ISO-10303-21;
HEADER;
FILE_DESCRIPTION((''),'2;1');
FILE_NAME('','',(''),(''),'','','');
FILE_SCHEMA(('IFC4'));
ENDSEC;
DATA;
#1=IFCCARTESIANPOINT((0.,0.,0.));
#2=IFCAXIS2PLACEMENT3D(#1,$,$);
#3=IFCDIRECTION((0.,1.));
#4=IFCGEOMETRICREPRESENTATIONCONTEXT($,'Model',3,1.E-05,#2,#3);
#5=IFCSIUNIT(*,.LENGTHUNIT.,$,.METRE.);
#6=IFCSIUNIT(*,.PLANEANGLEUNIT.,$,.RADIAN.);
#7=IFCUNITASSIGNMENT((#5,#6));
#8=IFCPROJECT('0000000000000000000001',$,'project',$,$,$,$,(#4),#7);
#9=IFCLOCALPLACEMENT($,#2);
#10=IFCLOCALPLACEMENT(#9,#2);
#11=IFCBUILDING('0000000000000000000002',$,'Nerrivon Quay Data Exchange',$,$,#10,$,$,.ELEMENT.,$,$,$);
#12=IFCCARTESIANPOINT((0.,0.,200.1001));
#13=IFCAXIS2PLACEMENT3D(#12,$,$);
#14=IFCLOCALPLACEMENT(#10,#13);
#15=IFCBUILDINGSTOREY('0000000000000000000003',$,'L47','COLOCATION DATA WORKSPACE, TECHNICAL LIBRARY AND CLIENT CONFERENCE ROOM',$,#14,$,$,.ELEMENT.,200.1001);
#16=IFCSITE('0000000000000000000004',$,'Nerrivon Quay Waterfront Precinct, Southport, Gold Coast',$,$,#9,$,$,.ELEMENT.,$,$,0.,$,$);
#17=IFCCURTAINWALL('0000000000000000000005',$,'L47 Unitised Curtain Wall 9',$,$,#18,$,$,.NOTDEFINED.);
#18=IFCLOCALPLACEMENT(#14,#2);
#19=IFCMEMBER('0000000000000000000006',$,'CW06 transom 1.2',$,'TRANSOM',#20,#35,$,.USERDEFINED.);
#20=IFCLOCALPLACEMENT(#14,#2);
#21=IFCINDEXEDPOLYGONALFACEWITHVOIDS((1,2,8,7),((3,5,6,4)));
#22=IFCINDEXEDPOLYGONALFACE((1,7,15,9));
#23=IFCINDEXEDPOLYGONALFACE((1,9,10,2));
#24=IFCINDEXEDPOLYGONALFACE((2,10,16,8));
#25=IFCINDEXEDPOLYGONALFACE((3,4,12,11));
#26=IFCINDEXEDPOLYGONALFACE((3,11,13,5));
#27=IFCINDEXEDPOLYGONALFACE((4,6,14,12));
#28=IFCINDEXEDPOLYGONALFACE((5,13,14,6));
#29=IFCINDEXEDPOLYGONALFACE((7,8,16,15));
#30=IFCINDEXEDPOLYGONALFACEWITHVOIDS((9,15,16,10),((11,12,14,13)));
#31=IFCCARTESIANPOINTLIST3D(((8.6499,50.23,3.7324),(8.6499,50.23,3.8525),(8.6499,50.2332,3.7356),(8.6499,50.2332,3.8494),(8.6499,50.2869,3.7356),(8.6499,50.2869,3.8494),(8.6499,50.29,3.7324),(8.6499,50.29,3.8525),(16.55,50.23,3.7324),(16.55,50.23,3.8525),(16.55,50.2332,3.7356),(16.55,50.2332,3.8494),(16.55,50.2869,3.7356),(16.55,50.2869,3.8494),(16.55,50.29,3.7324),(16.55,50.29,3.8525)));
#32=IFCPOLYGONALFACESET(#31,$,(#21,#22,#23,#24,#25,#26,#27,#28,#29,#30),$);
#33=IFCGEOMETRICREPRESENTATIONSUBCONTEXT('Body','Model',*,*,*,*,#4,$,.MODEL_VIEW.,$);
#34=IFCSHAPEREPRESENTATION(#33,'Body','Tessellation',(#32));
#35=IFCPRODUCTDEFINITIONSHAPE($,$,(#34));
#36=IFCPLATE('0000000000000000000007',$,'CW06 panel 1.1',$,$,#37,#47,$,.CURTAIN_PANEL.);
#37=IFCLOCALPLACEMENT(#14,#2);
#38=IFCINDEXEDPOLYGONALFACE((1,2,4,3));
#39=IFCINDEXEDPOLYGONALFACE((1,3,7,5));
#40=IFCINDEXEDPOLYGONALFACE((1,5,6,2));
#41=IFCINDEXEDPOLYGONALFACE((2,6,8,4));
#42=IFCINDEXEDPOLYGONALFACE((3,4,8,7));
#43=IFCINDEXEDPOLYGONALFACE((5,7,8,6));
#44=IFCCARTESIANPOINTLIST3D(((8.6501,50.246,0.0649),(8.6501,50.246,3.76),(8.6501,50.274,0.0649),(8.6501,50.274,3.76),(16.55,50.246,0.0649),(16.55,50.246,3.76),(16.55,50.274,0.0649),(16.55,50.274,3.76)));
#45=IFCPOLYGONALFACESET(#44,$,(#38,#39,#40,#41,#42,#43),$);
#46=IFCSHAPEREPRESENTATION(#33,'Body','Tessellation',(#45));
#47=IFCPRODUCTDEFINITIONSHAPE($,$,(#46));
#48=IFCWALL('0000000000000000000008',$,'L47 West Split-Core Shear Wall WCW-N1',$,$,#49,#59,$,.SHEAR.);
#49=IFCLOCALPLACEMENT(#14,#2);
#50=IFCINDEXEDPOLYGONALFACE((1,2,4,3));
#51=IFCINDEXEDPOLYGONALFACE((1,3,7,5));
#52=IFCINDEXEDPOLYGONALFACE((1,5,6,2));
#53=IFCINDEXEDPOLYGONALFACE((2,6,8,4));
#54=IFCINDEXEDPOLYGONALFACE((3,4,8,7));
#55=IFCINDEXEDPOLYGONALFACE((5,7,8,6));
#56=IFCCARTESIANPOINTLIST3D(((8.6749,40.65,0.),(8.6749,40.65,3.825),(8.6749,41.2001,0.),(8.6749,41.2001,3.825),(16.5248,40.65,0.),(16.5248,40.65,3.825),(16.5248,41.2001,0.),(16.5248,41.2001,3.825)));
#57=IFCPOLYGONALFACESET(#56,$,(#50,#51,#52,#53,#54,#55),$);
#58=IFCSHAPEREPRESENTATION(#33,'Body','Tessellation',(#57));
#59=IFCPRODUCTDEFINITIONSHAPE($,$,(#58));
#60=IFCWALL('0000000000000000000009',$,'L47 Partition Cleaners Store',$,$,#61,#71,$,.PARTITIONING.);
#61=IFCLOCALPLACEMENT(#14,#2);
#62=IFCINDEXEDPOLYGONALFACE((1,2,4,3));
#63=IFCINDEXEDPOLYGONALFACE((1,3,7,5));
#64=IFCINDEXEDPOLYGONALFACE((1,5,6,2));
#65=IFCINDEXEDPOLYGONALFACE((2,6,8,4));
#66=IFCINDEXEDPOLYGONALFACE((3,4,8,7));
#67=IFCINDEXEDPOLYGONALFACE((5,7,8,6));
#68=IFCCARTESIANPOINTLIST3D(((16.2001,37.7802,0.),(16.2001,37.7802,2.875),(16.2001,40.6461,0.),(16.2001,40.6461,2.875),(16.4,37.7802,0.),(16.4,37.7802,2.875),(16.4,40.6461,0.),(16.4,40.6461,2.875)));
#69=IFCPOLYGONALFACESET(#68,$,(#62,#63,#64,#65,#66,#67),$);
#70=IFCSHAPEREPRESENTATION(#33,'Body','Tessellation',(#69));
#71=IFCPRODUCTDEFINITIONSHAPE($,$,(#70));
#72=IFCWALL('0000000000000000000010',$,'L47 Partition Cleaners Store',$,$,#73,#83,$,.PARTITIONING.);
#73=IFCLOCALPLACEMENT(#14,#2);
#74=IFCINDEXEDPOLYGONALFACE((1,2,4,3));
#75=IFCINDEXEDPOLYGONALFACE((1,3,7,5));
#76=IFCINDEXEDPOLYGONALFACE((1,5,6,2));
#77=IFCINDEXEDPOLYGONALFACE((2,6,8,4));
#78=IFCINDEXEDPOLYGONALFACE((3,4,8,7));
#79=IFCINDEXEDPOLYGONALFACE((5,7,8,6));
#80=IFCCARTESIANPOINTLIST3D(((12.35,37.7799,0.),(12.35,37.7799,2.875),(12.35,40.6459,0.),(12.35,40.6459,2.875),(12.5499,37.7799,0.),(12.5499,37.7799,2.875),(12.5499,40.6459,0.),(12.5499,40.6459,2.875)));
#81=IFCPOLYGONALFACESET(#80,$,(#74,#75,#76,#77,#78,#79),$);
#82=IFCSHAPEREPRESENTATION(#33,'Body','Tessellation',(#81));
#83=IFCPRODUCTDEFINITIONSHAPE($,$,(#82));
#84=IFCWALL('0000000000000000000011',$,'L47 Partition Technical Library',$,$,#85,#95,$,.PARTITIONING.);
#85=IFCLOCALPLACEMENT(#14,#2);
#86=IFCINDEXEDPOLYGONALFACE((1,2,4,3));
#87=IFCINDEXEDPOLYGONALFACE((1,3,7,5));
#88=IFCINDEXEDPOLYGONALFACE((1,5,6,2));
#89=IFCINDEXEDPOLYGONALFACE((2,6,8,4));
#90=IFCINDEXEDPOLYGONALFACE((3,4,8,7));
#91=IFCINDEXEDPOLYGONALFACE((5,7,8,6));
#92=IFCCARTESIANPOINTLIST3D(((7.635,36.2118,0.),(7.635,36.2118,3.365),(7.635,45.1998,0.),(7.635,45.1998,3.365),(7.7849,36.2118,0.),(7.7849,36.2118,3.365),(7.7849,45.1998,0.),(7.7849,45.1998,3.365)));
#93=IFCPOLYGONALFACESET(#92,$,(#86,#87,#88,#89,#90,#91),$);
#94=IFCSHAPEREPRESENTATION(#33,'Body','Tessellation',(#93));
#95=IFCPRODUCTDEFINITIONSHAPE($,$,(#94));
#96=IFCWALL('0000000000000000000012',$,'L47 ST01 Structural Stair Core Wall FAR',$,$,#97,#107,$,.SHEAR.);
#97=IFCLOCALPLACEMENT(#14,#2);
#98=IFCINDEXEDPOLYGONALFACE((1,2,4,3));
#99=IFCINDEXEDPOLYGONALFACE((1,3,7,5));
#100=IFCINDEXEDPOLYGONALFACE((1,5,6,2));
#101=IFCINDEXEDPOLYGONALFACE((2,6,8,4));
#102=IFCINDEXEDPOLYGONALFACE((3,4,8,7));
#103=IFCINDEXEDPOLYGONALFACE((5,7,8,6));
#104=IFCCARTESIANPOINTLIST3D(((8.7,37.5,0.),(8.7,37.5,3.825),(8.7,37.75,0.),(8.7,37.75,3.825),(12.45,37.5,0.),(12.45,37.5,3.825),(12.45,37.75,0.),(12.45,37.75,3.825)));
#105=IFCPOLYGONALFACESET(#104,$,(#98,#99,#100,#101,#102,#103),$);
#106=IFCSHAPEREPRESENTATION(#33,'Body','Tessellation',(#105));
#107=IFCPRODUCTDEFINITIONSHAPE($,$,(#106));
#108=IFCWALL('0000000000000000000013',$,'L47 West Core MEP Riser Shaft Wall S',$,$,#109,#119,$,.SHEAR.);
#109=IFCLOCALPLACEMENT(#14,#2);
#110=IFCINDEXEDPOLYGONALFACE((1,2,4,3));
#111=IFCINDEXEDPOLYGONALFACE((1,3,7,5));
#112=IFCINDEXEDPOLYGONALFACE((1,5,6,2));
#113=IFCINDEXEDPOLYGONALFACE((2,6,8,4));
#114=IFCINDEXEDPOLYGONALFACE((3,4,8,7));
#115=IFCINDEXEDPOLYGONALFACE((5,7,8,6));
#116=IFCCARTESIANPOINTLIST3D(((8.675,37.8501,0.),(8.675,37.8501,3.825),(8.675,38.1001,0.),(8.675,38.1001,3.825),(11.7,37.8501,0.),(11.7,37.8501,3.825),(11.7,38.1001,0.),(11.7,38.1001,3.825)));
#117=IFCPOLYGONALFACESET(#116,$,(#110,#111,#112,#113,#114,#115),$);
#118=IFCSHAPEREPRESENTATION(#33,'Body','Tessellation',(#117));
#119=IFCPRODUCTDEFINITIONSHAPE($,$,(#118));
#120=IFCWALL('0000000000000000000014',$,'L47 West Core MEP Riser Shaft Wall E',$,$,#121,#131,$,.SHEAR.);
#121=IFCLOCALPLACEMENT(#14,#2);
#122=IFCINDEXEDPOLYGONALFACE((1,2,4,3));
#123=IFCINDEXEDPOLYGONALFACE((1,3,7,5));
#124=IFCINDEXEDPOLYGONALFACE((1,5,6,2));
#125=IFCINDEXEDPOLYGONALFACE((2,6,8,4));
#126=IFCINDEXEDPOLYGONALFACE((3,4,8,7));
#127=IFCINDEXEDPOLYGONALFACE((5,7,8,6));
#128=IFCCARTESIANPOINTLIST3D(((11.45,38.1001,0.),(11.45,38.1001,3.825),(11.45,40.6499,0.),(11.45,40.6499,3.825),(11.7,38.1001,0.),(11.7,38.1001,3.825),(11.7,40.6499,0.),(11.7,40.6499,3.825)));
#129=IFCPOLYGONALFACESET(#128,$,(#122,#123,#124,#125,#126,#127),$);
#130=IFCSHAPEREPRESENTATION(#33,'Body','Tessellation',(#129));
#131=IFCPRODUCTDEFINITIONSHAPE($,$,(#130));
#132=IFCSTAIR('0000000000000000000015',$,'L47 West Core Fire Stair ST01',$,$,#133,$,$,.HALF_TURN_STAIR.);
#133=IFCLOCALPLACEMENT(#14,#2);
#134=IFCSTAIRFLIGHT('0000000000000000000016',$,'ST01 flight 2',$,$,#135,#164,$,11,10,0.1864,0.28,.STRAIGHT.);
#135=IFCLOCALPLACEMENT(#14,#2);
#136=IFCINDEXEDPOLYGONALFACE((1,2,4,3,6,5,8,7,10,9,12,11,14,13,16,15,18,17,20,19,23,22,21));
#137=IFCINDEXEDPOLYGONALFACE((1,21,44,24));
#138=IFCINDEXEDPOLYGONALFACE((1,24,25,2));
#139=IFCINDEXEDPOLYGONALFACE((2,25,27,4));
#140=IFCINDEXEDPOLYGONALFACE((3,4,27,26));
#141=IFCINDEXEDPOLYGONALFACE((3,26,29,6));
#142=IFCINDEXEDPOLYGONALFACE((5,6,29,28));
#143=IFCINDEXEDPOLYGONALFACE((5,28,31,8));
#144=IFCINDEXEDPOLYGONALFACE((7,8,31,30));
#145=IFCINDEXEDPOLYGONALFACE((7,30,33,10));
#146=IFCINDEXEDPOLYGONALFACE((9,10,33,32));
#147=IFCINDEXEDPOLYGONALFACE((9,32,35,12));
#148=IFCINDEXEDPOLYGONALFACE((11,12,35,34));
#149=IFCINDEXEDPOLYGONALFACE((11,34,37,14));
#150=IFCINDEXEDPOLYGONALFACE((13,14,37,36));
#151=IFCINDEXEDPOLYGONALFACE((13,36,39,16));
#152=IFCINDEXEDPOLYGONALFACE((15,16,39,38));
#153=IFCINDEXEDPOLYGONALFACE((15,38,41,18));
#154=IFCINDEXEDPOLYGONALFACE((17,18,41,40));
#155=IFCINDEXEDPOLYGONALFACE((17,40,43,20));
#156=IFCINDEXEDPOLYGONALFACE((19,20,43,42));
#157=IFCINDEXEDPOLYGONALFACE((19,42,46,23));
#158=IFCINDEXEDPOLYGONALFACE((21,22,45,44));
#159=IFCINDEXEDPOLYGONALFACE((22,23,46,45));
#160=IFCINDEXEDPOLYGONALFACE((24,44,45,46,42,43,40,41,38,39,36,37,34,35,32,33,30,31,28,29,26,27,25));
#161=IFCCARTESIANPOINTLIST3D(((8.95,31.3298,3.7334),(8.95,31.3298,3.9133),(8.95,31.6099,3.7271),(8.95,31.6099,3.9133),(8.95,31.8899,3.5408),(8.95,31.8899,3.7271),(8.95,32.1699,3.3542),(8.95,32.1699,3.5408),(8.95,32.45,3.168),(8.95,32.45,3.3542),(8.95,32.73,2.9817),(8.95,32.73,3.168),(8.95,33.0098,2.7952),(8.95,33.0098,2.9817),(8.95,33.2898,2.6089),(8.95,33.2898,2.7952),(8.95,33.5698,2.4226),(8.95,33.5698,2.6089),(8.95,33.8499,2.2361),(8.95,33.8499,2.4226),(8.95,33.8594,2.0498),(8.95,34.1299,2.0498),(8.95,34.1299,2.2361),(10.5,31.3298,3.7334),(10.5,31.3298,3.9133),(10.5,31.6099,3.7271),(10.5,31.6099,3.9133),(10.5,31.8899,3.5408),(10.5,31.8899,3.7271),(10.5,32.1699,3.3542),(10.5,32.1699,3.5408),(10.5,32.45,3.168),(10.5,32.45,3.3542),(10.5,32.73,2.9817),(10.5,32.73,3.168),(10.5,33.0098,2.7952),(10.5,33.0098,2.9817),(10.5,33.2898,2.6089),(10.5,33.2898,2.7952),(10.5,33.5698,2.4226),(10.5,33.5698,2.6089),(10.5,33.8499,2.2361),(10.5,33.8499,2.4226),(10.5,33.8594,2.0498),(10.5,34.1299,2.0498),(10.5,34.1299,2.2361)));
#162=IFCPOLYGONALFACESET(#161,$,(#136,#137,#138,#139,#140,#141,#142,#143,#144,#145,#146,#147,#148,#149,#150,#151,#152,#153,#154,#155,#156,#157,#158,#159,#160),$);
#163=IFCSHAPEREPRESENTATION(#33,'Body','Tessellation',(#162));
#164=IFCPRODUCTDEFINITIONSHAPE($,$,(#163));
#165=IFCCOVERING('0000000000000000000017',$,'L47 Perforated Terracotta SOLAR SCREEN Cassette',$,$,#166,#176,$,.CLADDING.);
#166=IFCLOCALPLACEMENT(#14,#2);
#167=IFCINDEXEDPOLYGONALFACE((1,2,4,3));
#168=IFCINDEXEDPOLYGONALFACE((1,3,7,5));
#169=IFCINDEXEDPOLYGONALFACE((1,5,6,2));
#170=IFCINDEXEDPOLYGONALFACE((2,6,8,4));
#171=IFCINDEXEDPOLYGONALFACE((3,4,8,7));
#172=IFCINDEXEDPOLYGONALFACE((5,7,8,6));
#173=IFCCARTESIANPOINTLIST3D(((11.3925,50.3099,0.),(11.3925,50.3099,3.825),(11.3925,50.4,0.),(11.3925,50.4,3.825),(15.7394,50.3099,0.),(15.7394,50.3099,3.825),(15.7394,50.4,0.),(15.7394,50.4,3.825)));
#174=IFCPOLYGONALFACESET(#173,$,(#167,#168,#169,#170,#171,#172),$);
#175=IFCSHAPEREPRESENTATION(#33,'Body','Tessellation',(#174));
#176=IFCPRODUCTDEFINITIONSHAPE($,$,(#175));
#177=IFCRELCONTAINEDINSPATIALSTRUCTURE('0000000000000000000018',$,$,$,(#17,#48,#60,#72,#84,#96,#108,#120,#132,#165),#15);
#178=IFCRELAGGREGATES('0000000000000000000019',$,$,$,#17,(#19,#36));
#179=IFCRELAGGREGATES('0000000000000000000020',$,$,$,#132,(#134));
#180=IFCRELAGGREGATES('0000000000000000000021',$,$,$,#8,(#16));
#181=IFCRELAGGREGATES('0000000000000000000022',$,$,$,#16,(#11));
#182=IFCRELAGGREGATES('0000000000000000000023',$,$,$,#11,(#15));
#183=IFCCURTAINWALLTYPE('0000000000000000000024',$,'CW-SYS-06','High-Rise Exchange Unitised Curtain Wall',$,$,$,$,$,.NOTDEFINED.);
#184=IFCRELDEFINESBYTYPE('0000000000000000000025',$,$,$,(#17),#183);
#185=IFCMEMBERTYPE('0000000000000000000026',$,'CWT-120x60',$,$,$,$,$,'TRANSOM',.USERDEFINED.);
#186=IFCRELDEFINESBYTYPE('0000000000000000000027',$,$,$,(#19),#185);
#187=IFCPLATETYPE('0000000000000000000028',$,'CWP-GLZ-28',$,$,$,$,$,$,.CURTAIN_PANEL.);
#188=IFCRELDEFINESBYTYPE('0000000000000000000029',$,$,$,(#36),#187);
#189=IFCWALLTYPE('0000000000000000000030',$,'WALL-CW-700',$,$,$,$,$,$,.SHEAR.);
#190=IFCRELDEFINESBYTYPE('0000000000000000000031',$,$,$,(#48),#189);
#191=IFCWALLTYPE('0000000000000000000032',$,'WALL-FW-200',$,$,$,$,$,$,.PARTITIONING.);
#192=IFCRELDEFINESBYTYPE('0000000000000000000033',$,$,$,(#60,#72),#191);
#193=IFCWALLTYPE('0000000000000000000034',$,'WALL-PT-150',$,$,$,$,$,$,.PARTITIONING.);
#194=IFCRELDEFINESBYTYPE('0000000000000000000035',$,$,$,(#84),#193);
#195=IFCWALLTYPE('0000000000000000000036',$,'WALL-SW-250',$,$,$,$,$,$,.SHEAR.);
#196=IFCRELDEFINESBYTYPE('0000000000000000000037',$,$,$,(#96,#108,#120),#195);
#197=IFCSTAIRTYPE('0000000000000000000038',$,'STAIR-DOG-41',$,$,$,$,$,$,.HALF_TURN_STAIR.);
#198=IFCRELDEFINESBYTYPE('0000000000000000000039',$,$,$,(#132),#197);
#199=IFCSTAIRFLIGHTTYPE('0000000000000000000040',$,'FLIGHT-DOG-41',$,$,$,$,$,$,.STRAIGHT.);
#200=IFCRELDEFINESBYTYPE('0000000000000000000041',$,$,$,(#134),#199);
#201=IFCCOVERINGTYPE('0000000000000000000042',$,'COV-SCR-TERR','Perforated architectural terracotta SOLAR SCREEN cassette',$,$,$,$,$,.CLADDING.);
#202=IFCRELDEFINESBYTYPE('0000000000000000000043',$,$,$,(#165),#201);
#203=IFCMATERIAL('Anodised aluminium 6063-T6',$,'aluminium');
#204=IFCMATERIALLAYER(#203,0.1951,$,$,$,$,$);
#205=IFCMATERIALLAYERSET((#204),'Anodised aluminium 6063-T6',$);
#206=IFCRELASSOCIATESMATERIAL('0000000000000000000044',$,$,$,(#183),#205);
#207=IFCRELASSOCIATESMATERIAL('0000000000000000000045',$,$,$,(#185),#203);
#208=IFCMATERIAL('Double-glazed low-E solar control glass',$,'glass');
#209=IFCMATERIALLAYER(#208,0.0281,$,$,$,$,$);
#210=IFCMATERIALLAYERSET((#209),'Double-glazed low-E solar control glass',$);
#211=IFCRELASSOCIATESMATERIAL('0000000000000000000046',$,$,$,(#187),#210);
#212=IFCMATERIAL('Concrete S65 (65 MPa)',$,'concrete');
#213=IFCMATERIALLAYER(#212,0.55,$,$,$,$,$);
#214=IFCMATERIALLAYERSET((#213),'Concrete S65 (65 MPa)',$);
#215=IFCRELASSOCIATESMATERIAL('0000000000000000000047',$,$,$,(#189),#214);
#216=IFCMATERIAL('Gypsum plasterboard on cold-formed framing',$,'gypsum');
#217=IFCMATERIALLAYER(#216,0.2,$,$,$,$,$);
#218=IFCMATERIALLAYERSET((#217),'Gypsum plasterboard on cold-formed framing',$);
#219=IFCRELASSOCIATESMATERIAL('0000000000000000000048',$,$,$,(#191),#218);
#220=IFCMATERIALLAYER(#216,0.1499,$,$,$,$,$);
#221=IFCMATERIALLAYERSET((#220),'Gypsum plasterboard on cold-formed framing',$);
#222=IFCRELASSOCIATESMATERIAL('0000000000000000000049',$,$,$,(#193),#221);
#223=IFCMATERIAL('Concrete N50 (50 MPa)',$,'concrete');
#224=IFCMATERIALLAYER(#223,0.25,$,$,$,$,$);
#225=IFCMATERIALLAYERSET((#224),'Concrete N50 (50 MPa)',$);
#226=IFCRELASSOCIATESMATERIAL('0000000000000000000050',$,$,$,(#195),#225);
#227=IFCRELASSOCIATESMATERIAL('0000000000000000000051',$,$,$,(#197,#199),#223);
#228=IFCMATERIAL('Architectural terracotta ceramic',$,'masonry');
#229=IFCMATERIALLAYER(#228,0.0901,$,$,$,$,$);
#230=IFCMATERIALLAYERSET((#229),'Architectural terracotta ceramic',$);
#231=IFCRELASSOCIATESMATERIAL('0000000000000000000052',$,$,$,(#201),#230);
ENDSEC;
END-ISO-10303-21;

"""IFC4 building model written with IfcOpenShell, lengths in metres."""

from ifc_helpers import new_model, si_unit, direction, frame, frame_2d, origin, origin_2d, place, context, subcontext, project, spatial, polyline, rectangle, hollow_rectangle, outline, extrude, material, layer, layer_set, material_profile, profile_set, type_object, element, aggregate, save


model = new_model("IFC4")

# Units and contexts
model_context = context("Model", 3, precision=1e-05, world=origin(), true_north=direction((0.0, 1.0)))
body_context = subcontext(model_context, "Body", "Model", "MODEL_VIEW")
ifc_project = project(units=[si_unit("LENGTHUNIT", "METRE"), si_unit("PLANEANGLEUNIT", "RADIAN")], contexts=[model_context])

# Site, building, storey
site_placement = place(None, origin())
site = spatial("IfcSite", under=ifc_project, at=site_placement, Name="Nerrivon Quay Waterfront Precinct, Southport, Gold Coast", CompositionType="ELEMENT", RefElevation=0.0)
building_placement = place(site_placement, origin())
building = spatial("IfcBuilding", under=site, at=building_placement, Name="Nerrivon Quay Data Exchange", CompositionType="ELEMENT")
storey_placement = place(building_placement, frame((0.0, 0.0, 200.1001)))
storey = spatial("IfcBuildingStorey", under=building, at=storey_placement, Name="L47", Description="COLOCATION DATA WORKSPACE, TECHNICAL LIBRARY AND CLIENT CONFERENCE ROOM", CompositionType="ELEMENT", Elevation=200.1001)

# Shared definitions
ifc_material_1 = material(Name="Concrete S65 (65 MPa)", Category="concrete")

# Shared definitions
ifc_material_2 = material(Name="Concrete N50 (50 MPa)", Category="concrete")

# Shared definitions
ifc_material_3 = material(Name="Anodised aluminium 6063-T6", Category="aluminium")
ifc_layer_1 = layer(ifc_material_3, 0.1951)
ifc_layer_set_1 = layer_set([ifc_layer_1], Name="Anodised aluminium 6063-T6")
curtain_wall_type = type_object("IfcCurtainWallType", Name="CW-SYS-06", Description="High-Rise Exchange Unitised Curtain Wall", PredefinedType="NOTDEFINED", material=ifc_layer_set_1)

# Curtain wall, member, plate
curtain_wall_1_placement = place(storey_placement, origin())
curtain_wall_1 = element("IfcCurtainWall", 1, at=curtain_wall_1_placement, inside=storey, type_object=curtain_wall_type, Name="L47 Unitised Curtain Wall 9", PredefinedType="NOTDEFINED")
ifc_material_profile_1 = material_profile(ifc_material_3, hollow_rectangle(XDim=0.0601, YDim=0.1201, WallThickness=0.0032, at=origin_2d()), Name="ALU-TRAN-120x60")
ifc_profile_set_1 = profile_set([ifc_material_profile_1], Name="Anodised aluminium 6063-T6")
member_type_1 = type_object("IfcMemberType", Name="CWT-120x60", ElementType="TRANSOM", PredefinedType="USERDEFINED", material=ifc_profile_set_1)
member_1_placement = place(storey_placement, frame((8.6499, 50.26, 3.7925), z_axis=(1.0, 0.0, 0.0), x_axis=(0.0, 1.0, 0.0)))
member_1 = element("IfcMember", 2, at=member_1_placement, type_object=member_type_1, Name="CW06 transom 1.2", ObjectType="TRANSOM", PredefinedType="USERDEFINED", context=body_context, shape_type="SweptSolid", body=[
    extrude(hollow_rectangle(XDim=0.0601, YDim=0.1201, WallThickness=0.0032, at=origin_2d()), origin(), (0.0, 0.0, 1.0), 7.9001),
])
ifc_material_4 = material(Name="Double-glazed low-E solar control glass", Category="glass")
ifc_layer_2 = layer(ifc_material_4, 0.0281)
ifc_layer_set_2 = layer_set([ifc_layer_2], Name="Double-glazed low-E solar control glass")
plate_type = type_object("IfcPlateType", Name="CWP-GLZ-28", PredefinedType="CURTAIN_PANEL", material=ifc_layer_set_2)
plate_placement = place(storey_placement, frame((12.6001, 50.26, 0.0649), z_axis=(0.0, 0.0, 1.0), x_axis=(1.0, 0.0, 0.0)))
plate = element("IfcPlate", 3, at=plate_placement, type_object=plate_type, Name="CW06 panel 1.1", PredefinedType="CURTAIN_PANEL", context=body_context, shape_type="SweptSolid", body=[
    extrude(rectangle(XDim=7.8999, YDim=0.0281, at=origin_2d()), origin(), (0.0, 0.0, 1.0), 3.6951),
])
aggregate(curtain_wall_1, [member_1, plate])

# Walls
ifc_layer_3 = layer(ifc_material_1, 0.55)
ifc_layer_set_3 = layer_set([ifc_layer_3], Name="Concrete S65 (65 MPa)")
wall_type_1 = type_object("IfcWallType", Name="WALL-CW-700", PredefinedType="SHEAR", material=ifc_layer_set_3)
wall_1_placement = place(storey_placement, frame((8.675, 40.925, 0.0), z_axis=(0.0, 0.0, 1.0), x_axis=(1.0, 0.0, 0.0)))
element("IfcWall", 4, at=wall_1_placement, inside=storey, type_object=wall_type_1, Name="L47 West Split-Core Shear Wall WCW-N1", PredefinedType="SHEAR", context=body_context, shape_type="SweptSolid", body=[
    extrude(rectangle(XDim=7.8499, YDim=0.55, at=frame_2d((3.9248, 0.0))), origin(), (0.0, 0.0, 1.0), 3.825),
])
ifc_material_5 = material(Name="Gypsum plasterboard on cold-formed framing", Category="gypsum")
ifc_layer_4 = layer(ifc_material_5, 0.2)
ifc_layer_set_4 = layer_set([ifc_layer_4], Name="Gypsum plasterboard on cold-formed framing")
wall_type_2 = type_object("IfcWallType", Name="WALL-FW-200", PredefinedType="PARTITIONING", material=ifc_layer_set_4)
for number, where, z_axis, x_axis, name in (
    (5, (16.3, 37.78, 0.0), (0.0, 0.0, 1.0), (0.0, 1.0, 0.0), "L47 Partition Cleaners Store"),
    (6, (12.45, 40.646, 0.0), (0.0, 0.0, 1.0), (0.0, -1.0, 0.0), "L47 Partition Cleaners Store"),
):
    element("IfcWall", number, at=place(storey_placement, frame(where, z_axis=z_axis, x_axis=x_axis)), inside=storey, type_object=wall_type_2, Name=name, PredefinedType="PARTITIONING", context=body_context, shape_type="SweptSolid", body=[
        extrude(rectangle(XDim=2.866, YDim=0.2, at=frame_2d((1.4331, 0.0))), origin(), (0.0, 0.0, 1.0), 2.875),
    ])
ifc_layer_5 = layer(ifc_material_5, 0.1499)
ifc_layer_set_5 = layer_set([ifc_layer_5], Name="Gypsum plasterboard on cold-formed framing")
wall_type_3 = type_object("IfcWallType", Name="WALL-PT-150", PredefinedType="PARTITIONING", material=ifc_layer_set_5)
wall_2_placement = place(storey_placement, frame((7.71, 45.2, 0.0), z_axis=(0.0, 0.0, 1.0), x_axis=(0.0, -1.0, 0.0)))
element("IfcWall", 7, at=wall_2_placement, inside=storey, type_object=wall_type_3, Name="L47 Partition Technical Library", PredefinedType="PARTITIONING", context=body_context, shape_type="SweptSolid", body=[
    extrude(rectangle(XDim=8.988, YDim=0.1499, at=frame_2d((4.4941, 0.0))), origin(), (0.0, 0.0, 1.0), 3.365),
])
ifc_layer_6 = layer(ifc_material_2, 0.25)
ifc_layer_set_6 = layer_set([ifc_layer_6], Name="Concrete N50 (50 MPa)")
wall_type_4 = type_object("IfcWallType", Name="WALL-SW-250", PredefinedType="SHEAR", material=ifc_layer_set_6)
wall_3_placement = place(storey_placement, frame((12.45, 37.625, 0.0), z_axis=(0.0, 0.0, 1.0), x_axis=(-1.0, 0.0, 0.0)))
element("IfcWall", 8, at=wall_3_placement, inside=storey, type_object=wall_type_4, Name="L47 ST01 Structural Stair Core Wall FAR", PredefinedType="SHEAR", context=body_context, shape_type="SweptSolid", body=[
    extrude(rectangle(XDim=3.75, YDim=0.25, at=frame_2d((1.875, 0.0))), origin(), (0.0, 0.0, 1.0), 3.825),
])
wall_4_placement = place(storey_placement, frame((8.675, 37.9751, 0.0), z_axis=(0.0, 0.0, 1.0), x_axis=(1.0, 0.0, 0.0)))
element("IfcWall", 9, at=wall_4_placement, inside=storey, type_object=wall_type_4, Name="L47 West Core MEP Riser Shaft Wall S", PredefinedType="SHEAR", context=body_context, shape_type="SweptSolid", body=[
    extrude(rectangle(XDim=3.0249, YDim=0.25, at=frame_2d((1.5125, 0.0))), origin(), (0.0, 0.0, 1.0), 3.825),
])
wall_5_placement = place(storey_placement, frame((11.575, 38.1001, 0.0), z_axis=(0.0, 0.0, 1.0), x_axis=(0.0, 1.0, 0.0)))
element("IfcWall", 10, at=wall_5_placement, inside=storey, type_object=wall_type_4, Name="L47 West Core MEP Riser Shaft Wall E", PredefinedType="SHEAR", context=body_context, shape_type="SweptSolid", body=[
    extrude(rectangle(XDim=2.5498, YDim=0.25, at=frame_2d((1.2749, 0.0))), origin(), (0.0, 0.0, 1.0), 3.825),
])

# Stair, stair flight
stair_type = type_object("IfcStairType", Name="STAIR-DOG-41", PredefinedType="HALF_TURN_STAIR", material=ifc_material_2)
stair_placement = place(storey_placement, origin())
stair = element("IfcStair", 11, at=stair_placement, inside=storey, type_object=stair_type, Name="L47 West Core Fire Stair ST01", PredefinedType="HALF_TURN_STAIR")
stair_flight_type = type_object("IfcStairFlightType", Name="FLIGHT-DOG-41", PredefinedType="STRAIGHT", material=ifc_material_2)
stair_flight_placement = place(storey_placement, frame((9.7251, 34.1299, 2.0498), z_axis=(0.0, 0.0, 1.0), x_axis=(0.0, -1.0, 0.0)))
stair_flight = element("IfcStairFlight", 12, at=stair_flight_placement, type_object=stair_flight_type, Name="ST01 flight 2", NumberOfRisers=11, NumberOfTreads=10, PredefinedType="STRAIGHT", RiserHeight=0.1864, TreadLength=0.28, context=body_context, shape_type="SweptSolid", body=[
    extrude(outline(polyline([(0.0, 0.0), (0.0, 0.1863), (0.28, 0.1863), (0.28, 0.3728), (0.5601, 0.3728), (0.5601, 0.5591), (0.8401, 0.5591), (0.8401, 0.7454), (1.1201, 0.7454), (1.1201, 0.9319), (1.3999, 0.9319), (1.3999, 1.1182), (1.6799, 1.1182), (1.6799, 1.3044), (1.96, 1.3044), (1.96, 1.491), (2.24, 1.491), (2.24, 1.6772), (2.52, 1.6772), (2.52, 1.8635), (2.8, 1.8635), (2.8, 2.05), (2.8, 1.6836), (0.2705, 0.0), (0.0, 0.0)])), frame((0.0, 0.7749, 0.0), z_axis=(0.0, -1.0, 0.0), x_axis=(1.0, 0.0, 0.0)), (0.0, 0.0, 1.0), 1.55),
])
aggregate(stair, [stair_flight])

# Covering
ifc_material_6 = material(Name="Architectural terracotta ceramic", Category="masonry")
ifc_layer_7 = layer(ifc_material_6, 0.0901)
ifc_layer_set_7 = layer_set([ifc_layer_7], Name="Architectural terracotta ceramic")
covering_type = type_object("IfcCoveringType", Name="COV-SCR-TERR", Description="Perforated architectural terracotta SOLAR SCREEN cassette", PredefinedType="CLADDING", material=ifc_layer_set_7)
covering_placement = place(storey_placement, frame((13.5659, 50.355, 0.0), z_axis=(0.0, 0.0, 1.0), x_axis=(1.0, 0.0, 0.0)))
element("IfcCovering", 13, at=covering_placement, inside=storey, type_object=covering_type, Name="L47 Perforated Terracotta SOLAR SCREEN Cassette", PredefinedType="CLADDING", context=body_context, shape_type="SweptSolid", body=[
    extrude(rectangle(XDim=4.3469, YDim=0.0901, at=origin_2d()), origin(), (0.0, 0.0, 1.0), 3.825),
])

save(model, "model.ifc")
